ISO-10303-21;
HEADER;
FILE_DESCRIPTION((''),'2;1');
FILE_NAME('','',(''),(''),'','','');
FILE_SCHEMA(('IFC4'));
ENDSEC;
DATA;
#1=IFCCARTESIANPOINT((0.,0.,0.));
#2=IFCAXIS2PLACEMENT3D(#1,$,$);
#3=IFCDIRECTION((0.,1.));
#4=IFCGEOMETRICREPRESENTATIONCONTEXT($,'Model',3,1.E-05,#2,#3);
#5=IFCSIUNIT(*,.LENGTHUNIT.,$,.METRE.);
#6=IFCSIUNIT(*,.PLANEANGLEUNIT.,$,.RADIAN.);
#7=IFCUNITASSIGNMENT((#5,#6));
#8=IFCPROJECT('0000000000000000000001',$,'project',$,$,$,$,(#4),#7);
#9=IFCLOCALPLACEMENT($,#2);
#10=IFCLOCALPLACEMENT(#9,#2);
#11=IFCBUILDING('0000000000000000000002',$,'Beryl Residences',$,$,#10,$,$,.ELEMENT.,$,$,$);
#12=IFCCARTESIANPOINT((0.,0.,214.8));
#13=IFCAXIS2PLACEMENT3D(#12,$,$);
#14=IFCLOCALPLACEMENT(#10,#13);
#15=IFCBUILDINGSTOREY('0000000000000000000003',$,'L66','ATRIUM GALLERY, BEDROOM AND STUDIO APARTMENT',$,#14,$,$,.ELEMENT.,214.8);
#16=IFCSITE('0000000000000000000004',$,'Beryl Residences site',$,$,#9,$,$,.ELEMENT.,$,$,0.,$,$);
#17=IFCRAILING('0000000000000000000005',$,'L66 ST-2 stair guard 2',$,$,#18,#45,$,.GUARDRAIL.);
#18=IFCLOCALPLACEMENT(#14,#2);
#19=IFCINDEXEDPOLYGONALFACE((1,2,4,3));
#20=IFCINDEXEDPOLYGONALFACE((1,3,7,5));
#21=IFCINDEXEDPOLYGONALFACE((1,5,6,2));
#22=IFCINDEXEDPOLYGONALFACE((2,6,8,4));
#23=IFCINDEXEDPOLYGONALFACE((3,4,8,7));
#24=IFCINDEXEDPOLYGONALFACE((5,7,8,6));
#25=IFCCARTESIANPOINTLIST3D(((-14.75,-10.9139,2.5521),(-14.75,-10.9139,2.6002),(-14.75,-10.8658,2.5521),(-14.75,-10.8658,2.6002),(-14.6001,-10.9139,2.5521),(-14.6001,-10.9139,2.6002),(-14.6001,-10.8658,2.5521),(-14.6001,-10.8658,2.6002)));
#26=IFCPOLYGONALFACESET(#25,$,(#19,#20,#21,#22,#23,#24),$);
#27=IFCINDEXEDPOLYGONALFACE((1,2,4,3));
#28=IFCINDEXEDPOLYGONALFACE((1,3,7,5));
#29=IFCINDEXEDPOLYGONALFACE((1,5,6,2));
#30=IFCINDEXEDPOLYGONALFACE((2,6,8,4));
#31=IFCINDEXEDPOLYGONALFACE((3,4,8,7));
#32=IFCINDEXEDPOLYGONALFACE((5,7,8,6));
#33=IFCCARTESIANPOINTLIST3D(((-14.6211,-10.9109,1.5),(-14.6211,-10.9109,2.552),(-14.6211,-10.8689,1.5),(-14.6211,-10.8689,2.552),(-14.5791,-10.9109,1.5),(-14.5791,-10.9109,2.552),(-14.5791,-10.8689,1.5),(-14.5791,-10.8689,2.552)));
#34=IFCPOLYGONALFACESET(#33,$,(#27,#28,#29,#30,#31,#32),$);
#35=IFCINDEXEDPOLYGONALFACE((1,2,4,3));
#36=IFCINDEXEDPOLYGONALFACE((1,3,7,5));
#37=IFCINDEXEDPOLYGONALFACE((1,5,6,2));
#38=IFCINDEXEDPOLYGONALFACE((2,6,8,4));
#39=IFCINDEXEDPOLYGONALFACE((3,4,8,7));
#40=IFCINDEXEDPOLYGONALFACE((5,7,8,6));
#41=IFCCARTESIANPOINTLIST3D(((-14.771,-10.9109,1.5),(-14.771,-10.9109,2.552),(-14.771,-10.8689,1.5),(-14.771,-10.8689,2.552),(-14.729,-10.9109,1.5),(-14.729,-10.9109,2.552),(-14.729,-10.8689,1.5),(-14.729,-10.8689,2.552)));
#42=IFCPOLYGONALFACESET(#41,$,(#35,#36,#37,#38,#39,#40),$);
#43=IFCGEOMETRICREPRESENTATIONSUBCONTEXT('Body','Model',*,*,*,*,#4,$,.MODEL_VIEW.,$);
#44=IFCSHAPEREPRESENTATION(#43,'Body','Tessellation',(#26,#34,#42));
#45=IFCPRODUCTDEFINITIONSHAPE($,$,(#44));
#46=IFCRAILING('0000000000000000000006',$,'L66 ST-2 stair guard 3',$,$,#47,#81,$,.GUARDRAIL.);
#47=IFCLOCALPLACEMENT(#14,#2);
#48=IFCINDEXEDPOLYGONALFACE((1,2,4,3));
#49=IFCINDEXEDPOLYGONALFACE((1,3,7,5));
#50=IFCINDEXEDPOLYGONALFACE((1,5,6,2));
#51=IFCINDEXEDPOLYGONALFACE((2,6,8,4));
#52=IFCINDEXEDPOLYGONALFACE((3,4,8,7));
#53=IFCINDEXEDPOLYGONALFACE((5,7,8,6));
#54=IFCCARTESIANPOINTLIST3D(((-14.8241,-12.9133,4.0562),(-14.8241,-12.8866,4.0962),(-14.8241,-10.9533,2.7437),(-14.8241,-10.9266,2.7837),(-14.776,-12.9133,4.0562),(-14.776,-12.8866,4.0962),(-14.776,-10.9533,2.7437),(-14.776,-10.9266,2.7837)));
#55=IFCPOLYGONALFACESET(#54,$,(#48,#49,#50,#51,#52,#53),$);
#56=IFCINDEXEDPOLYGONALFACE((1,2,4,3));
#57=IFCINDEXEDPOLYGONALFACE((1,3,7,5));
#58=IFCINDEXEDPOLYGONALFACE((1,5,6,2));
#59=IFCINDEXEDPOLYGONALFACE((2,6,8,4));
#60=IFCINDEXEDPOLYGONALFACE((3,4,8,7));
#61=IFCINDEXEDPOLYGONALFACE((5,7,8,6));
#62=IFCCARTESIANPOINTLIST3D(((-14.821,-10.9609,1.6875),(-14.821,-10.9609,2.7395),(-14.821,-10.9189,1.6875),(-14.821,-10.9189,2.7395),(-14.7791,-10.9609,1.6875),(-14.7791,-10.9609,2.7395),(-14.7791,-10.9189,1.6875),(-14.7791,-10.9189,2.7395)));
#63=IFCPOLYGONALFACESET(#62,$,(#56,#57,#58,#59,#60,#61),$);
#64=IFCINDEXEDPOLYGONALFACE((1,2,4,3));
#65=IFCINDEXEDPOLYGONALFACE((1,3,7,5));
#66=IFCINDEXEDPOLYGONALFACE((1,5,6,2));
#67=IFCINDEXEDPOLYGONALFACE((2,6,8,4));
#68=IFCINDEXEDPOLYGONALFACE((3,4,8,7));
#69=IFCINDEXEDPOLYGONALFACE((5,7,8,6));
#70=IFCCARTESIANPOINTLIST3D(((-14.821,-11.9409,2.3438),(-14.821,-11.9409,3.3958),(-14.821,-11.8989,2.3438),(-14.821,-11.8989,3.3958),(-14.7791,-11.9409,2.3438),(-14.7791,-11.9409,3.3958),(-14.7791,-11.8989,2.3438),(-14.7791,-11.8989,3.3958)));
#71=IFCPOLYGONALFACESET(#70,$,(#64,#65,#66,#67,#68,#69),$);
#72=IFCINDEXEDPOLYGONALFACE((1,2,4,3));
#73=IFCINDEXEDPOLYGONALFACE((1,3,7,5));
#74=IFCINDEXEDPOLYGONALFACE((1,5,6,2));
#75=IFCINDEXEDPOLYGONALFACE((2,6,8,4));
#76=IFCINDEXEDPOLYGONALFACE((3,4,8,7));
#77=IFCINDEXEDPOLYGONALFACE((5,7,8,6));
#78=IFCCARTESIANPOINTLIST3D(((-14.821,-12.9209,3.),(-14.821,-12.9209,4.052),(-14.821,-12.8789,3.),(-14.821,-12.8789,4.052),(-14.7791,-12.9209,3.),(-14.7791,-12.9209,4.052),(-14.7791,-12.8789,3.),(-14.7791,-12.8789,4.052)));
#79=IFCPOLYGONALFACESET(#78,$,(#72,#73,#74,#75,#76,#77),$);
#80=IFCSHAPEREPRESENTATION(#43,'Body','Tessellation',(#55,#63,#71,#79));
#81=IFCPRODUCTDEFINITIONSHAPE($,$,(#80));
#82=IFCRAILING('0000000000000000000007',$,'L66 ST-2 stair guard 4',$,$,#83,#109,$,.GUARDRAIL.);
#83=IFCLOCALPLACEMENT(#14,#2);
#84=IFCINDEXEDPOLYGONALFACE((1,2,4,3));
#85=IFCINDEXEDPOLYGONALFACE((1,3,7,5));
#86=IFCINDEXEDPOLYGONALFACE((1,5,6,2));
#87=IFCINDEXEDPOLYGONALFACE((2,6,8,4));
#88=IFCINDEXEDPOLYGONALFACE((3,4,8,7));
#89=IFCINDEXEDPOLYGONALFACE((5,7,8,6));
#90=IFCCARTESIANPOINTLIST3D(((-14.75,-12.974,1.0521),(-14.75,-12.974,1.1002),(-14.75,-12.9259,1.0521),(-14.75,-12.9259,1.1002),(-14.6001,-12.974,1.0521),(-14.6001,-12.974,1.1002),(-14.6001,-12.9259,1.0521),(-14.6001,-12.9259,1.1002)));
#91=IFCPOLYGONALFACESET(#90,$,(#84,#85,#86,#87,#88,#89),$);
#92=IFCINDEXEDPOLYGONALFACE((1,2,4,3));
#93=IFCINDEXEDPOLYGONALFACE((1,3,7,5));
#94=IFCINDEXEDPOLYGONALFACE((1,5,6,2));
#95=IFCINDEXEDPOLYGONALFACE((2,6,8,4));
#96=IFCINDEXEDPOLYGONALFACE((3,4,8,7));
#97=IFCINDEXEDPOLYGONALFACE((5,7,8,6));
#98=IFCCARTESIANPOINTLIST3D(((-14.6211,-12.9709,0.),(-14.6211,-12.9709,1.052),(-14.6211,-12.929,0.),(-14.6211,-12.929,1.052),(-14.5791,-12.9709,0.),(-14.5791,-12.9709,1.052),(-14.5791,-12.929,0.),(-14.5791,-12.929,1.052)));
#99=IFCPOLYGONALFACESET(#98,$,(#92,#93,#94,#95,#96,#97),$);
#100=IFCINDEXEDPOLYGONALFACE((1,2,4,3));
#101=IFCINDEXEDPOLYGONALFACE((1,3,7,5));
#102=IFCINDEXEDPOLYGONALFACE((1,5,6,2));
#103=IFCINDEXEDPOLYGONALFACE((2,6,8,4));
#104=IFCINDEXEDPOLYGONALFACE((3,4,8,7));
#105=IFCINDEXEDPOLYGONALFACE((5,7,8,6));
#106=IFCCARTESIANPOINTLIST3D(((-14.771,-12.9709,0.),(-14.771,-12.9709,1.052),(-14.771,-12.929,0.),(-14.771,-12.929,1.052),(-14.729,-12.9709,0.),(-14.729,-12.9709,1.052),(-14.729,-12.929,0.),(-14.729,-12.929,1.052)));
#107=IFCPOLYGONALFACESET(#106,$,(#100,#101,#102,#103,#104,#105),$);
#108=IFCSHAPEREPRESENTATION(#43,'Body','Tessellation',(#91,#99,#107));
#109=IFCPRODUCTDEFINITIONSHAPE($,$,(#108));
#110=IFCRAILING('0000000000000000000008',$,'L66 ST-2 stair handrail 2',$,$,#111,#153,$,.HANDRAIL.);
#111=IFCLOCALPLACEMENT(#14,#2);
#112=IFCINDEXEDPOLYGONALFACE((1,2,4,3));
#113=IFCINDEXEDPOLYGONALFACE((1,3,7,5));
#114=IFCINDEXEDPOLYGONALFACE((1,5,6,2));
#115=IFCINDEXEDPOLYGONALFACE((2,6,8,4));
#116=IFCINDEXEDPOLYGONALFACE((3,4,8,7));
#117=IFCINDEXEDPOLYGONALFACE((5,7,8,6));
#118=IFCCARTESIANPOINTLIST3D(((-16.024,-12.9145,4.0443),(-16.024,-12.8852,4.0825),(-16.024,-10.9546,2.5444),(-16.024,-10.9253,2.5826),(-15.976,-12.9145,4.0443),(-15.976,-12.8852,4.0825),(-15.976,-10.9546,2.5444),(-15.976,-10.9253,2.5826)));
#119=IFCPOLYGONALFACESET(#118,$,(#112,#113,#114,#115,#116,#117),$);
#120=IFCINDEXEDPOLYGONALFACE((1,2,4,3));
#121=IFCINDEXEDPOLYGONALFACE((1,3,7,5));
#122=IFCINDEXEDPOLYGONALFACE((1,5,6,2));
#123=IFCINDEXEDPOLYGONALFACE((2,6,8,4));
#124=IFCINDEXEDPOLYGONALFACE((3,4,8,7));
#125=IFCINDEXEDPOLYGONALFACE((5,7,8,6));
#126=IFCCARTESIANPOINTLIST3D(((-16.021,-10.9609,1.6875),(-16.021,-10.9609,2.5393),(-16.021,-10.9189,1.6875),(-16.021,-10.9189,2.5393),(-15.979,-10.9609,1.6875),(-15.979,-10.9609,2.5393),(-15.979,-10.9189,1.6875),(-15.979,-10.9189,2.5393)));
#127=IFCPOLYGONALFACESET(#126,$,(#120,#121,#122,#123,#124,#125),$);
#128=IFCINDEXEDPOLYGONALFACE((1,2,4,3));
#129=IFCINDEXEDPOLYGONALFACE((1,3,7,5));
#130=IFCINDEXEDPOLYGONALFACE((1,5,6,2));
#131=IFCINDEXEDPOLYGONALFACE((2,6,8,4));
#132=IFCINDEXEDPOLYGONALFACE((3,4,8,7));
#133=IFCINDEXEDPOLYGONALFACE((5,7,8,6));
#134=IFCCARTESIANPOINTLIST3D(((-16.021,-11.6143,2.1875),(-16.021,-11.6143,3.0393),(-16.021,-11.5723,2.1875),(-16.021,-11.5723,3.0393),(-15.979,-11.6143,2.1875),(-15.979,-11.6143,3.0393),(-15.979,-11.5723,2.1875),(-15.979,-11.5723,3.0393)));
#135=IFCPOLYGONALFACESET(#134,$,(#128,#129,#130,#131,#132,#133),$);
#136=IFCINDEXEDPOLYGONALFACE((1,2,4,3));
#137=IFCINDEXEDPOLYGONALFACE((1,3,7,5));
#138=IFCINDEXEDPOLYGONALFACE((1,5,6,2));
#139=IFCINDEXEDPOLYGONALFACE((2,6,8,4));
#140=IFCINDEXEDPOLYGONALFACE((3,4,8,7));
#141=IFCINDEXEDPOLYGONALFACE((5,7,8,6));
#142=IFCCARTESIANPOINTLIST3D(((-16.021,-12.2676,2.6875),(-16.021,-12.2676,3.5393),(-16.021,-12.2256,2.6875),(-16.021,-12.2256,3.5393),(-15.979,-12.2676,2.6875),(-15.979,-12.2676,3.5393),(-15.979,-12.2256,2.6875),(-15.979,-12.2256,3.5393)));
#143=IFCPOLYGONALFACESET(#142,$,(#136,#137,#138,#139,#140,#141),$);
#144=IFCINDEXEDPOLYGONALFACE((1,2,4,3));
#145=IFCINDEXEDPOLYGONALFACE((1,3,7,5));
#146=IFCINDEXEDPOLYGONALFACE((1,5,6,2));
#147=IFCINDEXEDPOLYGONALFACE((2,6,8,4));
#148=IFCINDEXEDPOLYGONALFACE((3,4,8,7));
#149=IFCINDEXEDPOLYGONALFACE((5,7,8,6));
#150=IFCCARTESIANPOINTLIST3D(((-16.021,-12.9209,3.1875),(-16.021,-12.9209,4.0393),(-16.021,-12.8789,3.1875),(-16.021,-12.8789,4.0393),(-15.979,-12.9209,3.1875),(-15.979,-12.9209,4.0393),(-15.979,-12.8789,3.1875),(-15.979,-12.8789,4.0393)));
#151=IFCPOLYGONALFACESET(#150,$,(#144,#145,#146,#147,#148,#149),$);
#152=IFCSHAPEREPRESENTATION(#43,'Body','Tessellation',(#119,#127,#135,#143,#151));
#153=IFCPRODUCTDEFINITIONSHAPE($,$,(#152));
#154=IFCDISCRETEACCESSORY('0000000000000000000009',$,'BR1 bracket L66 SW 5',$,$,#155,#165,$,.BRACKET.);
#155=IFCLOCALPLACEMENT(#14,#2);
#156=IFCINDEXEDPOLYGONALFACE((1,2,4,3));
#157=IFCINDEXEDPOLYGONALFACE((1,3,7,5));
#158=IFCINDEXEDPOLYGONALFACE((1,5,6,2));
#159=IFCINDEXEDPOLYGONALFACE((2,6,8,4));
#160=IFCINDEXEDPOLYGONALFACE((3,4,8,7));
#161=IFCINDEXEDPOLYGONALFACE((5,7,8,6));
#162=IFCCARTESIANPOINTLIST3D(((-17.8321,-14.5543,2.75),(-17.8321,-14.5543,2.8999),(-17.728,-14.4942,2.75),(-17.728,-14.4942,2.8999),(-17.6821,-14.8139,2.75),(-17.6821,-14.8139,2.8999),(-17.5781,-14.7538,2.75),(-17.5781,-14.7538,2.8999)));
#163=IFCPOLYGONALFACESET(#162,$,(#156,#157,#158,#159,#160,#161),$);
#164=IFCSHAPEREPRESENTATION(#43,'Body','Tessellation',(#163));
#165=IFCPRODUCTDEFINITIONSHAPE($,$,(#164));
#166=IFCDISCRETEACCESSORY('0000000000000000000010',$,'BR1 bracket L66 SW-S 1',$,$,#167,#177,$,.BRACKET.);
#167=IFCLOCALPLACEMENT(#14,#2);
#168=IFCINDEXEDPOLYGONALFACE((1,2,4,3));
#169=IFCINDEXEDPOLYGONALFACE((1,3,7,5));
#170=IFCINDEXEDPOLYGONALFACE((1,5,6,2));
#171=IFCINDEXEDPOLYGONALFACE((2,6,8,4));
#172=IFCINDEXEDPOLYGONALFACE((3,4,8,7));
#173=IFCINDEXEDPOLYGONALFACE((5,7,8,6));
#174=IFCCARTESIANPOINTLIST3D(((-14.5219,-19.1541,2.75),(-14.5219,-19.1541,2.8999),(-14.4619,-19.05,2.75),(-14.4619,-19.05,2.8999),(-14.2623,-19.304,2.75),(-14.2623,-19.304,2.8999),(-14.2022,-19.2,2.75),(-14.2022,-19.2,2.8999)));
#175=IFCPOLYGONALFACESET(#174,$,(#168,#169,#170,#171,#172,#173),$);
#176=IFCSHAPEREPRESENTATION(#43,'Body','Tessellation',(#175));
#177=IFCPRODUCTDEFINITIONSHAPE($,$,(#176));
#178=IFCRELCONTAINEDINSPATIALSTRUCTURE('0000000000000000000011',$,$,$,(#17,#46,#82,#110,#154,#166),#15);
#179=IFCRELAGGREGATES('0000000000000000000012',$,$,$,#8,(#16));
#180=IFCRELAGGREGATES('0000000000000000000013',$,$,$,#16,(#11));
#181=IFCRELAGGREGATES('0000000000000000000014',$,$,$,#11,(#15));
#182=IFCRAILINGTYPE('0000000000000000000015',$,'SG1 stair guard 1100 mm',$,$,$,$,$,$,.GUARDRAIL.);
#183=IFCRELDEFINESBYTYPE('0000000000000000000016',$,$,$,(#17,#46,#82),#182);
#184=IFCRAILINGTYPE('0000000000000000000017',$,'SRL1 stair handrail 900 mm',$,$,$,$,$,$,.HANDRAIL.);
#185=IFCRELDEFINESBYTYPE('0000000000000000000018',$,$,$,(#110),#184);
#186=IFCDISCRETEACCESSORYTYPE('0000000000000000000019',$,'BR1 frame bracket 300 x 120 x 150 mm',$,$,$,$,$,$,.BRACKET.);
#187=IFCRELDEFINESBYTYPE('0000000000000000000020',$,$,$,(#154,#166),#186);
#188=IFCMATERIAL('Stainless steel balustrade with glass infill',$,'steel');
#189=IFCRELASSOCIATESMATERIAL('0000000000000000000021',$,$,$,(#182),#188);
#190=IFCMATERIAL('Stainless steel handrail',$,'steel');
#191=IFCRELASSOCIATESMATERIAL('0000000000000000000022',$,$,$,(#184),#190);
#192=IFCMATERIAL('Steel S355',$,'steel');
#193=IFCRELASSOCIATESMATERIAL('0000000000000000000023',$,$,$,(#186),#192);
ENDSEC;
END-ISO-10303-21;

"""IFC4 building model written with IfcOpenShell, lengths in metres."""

from ifc_helpers import new_model, si_unit, direction, frame, origin, origin_2d, place, context, subcontext, project, spatial, polyline, rectangle, outline, extrude, source, transform, mapped, material, type_object, type_shapes, element, save


model = new_model("IFC4")

# Units and contexts
model_context = context("Model", 3, precision=1e-05, world=origin(), true_north=direction((0.0, 1.0)))
body_context = subcontext(model_context, "Body", "Model", "MODEL_VIEW")
ifc_project = project(units=[si_unit("LENGTHUNIT", "METRE"), si_unit("PLANEANGLEUNIT", "RADIAN")], contexts=[model_context])

# Site, building, storey
site_placement = place(None, origin())
site = spatial("IfcSite", under=ifc_project, at=site_placement, Name="Beryl Residences site", CompositionType="ELEMENT", RefElevation=0.0)
building_placement = place(site_placement, origin())
building = spatial("IfcBuilding", under=site, at=building_placement, Name="Beryl Residences", CompositionType="ELEMENT")
storey_placement = place(building_placement, frame((0.0, 0.0, 214.8)))
storey = spatial("IfcBuildingStorey", under=building, at=storey_placement, Name="L66", Description="ATRIUM GALLERY, BEDROOM AND STUDIO APARTMENT", CompositionType="ELEMENT", Elevation=214.8)

# Railings
ifc_material_1 = material(Name="Stainless steel balustrade with glass infill", Category="steel")
railing_type_1 = type_object("IfcRailingType", Name="SG1 stair guard 1100 mm", PredefinedType="GUARDRAIL", material=ifc_material_1)
railing_1_placement = place(storey_placement, frame((-14.6001, -10.8899, 1.5)))
element("IfcRailing", 1, at=railing_1_placement, inside=storey, type_object=railing_type_1, Name="L66 ST-2 stair guard 2", PredefinedType="GUARDRAIL", context=body_context, shape_type="SweptSolid", body=[
    extrude(rectangle(XDim=0.0481, YDim=0.0481, at=origin_2d()), frame((0.0, 0.0, 1.0762), z_axis=(-1.0, 0.0, 0.0), x_axis=(0.0, -1.0, 0.0)), (0.0, 0.0, 1.0), 0.1499),
    extrude(rectangle(XDim=0.042, YDim=0.042, at=origin_2d()), origin(), (0.0, 0.0, 1.0), 1.052),
    extrude(rectangle(XDim=0.042, YDim=0.042, at=origin_2d()), frame((-0.1499, 0.0, 0.0)), (0.0, 0.0, 1.0), 1.052),
])
railing_2_placement = place(storey_placement, frame((-14.8, -10.9399, 1.6875)))
element("IfcRailing", 2, at=railing_2_placement, inside=storey, type_object=railing_type_1, Name="L66 ST-2 stair guard 3", PredefinedType="GUARDRAIL", context=body_context, shape_type="SweptSolid", body=[
    extrude(rectangle(XDim=0.0481, YDim=0.0481, at=origin_2d()), frame((0.0, 0.0, 1.0762), z_axis=(0.0, -0.830902, 0.556419), x_axis=(1.0, 0.0, 0.0)), (0.0, 0.0, 1.0), 2.3589),
    extrude(rectangle(XDim=0.042, YDim=0.042, at=origin_2d()), origin(), (0.0, 0.0, 1.0), 1.052),
    extrude(rectangle(XDim=0.042, YDim=0.042, at=origin_2d()), frame((0.0, -0.98, 0.6562)), (0.0, 0.0, 1.0), 1.052),
    extrude(rectangle(XDim=0.042, YDim=0.042, at=origin_2d()), frame((0.0, -1.96, 1.3125)), (0.0, 0.0, 1.0), 1.052),
])
railing_3_placement = place(storey_placement, frame((-14.6001, -12.95, 0.0)))
element("IfcRailing", 3, at=railing_3_placement, inside=storey, type_object=railing_type_1, Name="L66 ST-2 stair guard 4", PredefinedType="GUARDRAIL", context=body_context, shape_type="SweptSolid", body=[
    extrude(rectangle(XDim=0.0481, YDim=0.0481, at=origin_2d()), frame((0.0, 0.0, 1.0762), z_axis=(-1.0, 0.0, 0.0), x_axis=(0.0, -1.0, 0.0)), (0.0, 0.0, 1.0), 0.1499),
    extrude(rectangle(XDim=0.042, YDim=0.042, at=origin_2d()), origin(), (0.0, 0.0, 1.0), 1.052),
    extrude(rectangle(XDim=0.042, YDim=0.042, at=origin_2d()), frame((-0.1499, 0.0, 0.0)), (0.0, 0.0, 1.0), 1.052),
])
ifc_material_2 = material(Name="Stainless steel handrail", Category="steel")
railing_type_2 = type_object("IfcRailingType", Name="SRL1 stair handrail 900 mm", PredefinedType="HANDRAIL", material=ifc_material_2)
railing_4_placement = place(storey_placement, frame((-16.0, -10.9399, 1.6875)))
element("IfcRailing", 4, at=railing_4_placement, inside=storey, type_object=railing_type_2, Name="L66 ST-2 stair handrail 2", PredefinedType="HANDRAIL", context=body_context, shape_type="SweptSolid", body=[
    extrude(rectangle(XDim=0.0481, YDim=0.0481, at=origin_2d()), frame((0.0, 0.0, 0.876), z_axis=(0.0, -0.794122, 0.607758), x_axis=(1.0, 0.0, 0.0)), (0.0, 0.0, 1.0), 2.468),
    extrude(rectangle(XDim=0.042, YDim=0.042, at=origin_2d()), origin(), (0.0, 0.0, 1.0), 0.8518),
    extrude(rectangle(XDim=0.042, YDim=0.042, at=origin_2d()), frame((0.0, -0.6533, 0.5)), (0.0, 0.0, 1.0), 0.8518),
    extrude(rectangle(XDim=0.042, YDim=0.042, at=origin_2d()), frame((0.0, -1.3066, 1.0)), (0.0, 0.0, 1.0), 0.8518),
    extrude(rectangle(XDim=0.042, YDim=0.042, at=origin_2d()), frame((0.0, -1.96, 1.5)), (0.0, 0.0, 1.0), 0.8518),
])

# Discrete accessories
ifc_material_3 = material(Name="Steel S355", Category="steel")
discrete_accessory_type = type_object("IfcDiscreteAccessoryType", Name="BR1 frame bracket 300 x 120 x 150 mm", PredefinedType="BRACKET", material=ifc_material_3)
shared_shape_1 = source(origin(), body_context, "Body", "SweptSolid", [
    extrude(outline(polyline([(-0.1499, 0.0), (0.1499, 0.0), (0.1499, 0.1201), (-0.1499, 0.1201), (-0.1499, 0.0)])), origin(), (0.0, 0.0, 1.0), 0.1499),
])
type_shapes(discrete_accessory_type, [shared_shape_1])
for number, where, z_axis, x_axis, name in (
    (5, (-17.6531, -14.624, 2.75), (0.0, 0.0, 1.0), (-0.5, 0.866025, 0.0), "BR1 bracket L66 SW 5"),
    (6, (-14.332, -19.125, 2.75), (0.0, 0.0, 1.0), (-0.866025, 0.5, 0.0), "BR1 bracket L66 SW-S 1"),
):
    element("IfcDiscreteAccessory", number, at=place(storey_placement, frame(where, z_axis=z_axis, x_axis=x_axis)), inside=storey, type_object=discrete_accessory_type, Name=name, PredefinedType="BRACKET", context=body_context, shape_type="MappedRepresentation", body=[
        mapped(shared_shape_1, transform((0.0, 0.0, 0.0))),
    ])

save(model, "model.ifc")
